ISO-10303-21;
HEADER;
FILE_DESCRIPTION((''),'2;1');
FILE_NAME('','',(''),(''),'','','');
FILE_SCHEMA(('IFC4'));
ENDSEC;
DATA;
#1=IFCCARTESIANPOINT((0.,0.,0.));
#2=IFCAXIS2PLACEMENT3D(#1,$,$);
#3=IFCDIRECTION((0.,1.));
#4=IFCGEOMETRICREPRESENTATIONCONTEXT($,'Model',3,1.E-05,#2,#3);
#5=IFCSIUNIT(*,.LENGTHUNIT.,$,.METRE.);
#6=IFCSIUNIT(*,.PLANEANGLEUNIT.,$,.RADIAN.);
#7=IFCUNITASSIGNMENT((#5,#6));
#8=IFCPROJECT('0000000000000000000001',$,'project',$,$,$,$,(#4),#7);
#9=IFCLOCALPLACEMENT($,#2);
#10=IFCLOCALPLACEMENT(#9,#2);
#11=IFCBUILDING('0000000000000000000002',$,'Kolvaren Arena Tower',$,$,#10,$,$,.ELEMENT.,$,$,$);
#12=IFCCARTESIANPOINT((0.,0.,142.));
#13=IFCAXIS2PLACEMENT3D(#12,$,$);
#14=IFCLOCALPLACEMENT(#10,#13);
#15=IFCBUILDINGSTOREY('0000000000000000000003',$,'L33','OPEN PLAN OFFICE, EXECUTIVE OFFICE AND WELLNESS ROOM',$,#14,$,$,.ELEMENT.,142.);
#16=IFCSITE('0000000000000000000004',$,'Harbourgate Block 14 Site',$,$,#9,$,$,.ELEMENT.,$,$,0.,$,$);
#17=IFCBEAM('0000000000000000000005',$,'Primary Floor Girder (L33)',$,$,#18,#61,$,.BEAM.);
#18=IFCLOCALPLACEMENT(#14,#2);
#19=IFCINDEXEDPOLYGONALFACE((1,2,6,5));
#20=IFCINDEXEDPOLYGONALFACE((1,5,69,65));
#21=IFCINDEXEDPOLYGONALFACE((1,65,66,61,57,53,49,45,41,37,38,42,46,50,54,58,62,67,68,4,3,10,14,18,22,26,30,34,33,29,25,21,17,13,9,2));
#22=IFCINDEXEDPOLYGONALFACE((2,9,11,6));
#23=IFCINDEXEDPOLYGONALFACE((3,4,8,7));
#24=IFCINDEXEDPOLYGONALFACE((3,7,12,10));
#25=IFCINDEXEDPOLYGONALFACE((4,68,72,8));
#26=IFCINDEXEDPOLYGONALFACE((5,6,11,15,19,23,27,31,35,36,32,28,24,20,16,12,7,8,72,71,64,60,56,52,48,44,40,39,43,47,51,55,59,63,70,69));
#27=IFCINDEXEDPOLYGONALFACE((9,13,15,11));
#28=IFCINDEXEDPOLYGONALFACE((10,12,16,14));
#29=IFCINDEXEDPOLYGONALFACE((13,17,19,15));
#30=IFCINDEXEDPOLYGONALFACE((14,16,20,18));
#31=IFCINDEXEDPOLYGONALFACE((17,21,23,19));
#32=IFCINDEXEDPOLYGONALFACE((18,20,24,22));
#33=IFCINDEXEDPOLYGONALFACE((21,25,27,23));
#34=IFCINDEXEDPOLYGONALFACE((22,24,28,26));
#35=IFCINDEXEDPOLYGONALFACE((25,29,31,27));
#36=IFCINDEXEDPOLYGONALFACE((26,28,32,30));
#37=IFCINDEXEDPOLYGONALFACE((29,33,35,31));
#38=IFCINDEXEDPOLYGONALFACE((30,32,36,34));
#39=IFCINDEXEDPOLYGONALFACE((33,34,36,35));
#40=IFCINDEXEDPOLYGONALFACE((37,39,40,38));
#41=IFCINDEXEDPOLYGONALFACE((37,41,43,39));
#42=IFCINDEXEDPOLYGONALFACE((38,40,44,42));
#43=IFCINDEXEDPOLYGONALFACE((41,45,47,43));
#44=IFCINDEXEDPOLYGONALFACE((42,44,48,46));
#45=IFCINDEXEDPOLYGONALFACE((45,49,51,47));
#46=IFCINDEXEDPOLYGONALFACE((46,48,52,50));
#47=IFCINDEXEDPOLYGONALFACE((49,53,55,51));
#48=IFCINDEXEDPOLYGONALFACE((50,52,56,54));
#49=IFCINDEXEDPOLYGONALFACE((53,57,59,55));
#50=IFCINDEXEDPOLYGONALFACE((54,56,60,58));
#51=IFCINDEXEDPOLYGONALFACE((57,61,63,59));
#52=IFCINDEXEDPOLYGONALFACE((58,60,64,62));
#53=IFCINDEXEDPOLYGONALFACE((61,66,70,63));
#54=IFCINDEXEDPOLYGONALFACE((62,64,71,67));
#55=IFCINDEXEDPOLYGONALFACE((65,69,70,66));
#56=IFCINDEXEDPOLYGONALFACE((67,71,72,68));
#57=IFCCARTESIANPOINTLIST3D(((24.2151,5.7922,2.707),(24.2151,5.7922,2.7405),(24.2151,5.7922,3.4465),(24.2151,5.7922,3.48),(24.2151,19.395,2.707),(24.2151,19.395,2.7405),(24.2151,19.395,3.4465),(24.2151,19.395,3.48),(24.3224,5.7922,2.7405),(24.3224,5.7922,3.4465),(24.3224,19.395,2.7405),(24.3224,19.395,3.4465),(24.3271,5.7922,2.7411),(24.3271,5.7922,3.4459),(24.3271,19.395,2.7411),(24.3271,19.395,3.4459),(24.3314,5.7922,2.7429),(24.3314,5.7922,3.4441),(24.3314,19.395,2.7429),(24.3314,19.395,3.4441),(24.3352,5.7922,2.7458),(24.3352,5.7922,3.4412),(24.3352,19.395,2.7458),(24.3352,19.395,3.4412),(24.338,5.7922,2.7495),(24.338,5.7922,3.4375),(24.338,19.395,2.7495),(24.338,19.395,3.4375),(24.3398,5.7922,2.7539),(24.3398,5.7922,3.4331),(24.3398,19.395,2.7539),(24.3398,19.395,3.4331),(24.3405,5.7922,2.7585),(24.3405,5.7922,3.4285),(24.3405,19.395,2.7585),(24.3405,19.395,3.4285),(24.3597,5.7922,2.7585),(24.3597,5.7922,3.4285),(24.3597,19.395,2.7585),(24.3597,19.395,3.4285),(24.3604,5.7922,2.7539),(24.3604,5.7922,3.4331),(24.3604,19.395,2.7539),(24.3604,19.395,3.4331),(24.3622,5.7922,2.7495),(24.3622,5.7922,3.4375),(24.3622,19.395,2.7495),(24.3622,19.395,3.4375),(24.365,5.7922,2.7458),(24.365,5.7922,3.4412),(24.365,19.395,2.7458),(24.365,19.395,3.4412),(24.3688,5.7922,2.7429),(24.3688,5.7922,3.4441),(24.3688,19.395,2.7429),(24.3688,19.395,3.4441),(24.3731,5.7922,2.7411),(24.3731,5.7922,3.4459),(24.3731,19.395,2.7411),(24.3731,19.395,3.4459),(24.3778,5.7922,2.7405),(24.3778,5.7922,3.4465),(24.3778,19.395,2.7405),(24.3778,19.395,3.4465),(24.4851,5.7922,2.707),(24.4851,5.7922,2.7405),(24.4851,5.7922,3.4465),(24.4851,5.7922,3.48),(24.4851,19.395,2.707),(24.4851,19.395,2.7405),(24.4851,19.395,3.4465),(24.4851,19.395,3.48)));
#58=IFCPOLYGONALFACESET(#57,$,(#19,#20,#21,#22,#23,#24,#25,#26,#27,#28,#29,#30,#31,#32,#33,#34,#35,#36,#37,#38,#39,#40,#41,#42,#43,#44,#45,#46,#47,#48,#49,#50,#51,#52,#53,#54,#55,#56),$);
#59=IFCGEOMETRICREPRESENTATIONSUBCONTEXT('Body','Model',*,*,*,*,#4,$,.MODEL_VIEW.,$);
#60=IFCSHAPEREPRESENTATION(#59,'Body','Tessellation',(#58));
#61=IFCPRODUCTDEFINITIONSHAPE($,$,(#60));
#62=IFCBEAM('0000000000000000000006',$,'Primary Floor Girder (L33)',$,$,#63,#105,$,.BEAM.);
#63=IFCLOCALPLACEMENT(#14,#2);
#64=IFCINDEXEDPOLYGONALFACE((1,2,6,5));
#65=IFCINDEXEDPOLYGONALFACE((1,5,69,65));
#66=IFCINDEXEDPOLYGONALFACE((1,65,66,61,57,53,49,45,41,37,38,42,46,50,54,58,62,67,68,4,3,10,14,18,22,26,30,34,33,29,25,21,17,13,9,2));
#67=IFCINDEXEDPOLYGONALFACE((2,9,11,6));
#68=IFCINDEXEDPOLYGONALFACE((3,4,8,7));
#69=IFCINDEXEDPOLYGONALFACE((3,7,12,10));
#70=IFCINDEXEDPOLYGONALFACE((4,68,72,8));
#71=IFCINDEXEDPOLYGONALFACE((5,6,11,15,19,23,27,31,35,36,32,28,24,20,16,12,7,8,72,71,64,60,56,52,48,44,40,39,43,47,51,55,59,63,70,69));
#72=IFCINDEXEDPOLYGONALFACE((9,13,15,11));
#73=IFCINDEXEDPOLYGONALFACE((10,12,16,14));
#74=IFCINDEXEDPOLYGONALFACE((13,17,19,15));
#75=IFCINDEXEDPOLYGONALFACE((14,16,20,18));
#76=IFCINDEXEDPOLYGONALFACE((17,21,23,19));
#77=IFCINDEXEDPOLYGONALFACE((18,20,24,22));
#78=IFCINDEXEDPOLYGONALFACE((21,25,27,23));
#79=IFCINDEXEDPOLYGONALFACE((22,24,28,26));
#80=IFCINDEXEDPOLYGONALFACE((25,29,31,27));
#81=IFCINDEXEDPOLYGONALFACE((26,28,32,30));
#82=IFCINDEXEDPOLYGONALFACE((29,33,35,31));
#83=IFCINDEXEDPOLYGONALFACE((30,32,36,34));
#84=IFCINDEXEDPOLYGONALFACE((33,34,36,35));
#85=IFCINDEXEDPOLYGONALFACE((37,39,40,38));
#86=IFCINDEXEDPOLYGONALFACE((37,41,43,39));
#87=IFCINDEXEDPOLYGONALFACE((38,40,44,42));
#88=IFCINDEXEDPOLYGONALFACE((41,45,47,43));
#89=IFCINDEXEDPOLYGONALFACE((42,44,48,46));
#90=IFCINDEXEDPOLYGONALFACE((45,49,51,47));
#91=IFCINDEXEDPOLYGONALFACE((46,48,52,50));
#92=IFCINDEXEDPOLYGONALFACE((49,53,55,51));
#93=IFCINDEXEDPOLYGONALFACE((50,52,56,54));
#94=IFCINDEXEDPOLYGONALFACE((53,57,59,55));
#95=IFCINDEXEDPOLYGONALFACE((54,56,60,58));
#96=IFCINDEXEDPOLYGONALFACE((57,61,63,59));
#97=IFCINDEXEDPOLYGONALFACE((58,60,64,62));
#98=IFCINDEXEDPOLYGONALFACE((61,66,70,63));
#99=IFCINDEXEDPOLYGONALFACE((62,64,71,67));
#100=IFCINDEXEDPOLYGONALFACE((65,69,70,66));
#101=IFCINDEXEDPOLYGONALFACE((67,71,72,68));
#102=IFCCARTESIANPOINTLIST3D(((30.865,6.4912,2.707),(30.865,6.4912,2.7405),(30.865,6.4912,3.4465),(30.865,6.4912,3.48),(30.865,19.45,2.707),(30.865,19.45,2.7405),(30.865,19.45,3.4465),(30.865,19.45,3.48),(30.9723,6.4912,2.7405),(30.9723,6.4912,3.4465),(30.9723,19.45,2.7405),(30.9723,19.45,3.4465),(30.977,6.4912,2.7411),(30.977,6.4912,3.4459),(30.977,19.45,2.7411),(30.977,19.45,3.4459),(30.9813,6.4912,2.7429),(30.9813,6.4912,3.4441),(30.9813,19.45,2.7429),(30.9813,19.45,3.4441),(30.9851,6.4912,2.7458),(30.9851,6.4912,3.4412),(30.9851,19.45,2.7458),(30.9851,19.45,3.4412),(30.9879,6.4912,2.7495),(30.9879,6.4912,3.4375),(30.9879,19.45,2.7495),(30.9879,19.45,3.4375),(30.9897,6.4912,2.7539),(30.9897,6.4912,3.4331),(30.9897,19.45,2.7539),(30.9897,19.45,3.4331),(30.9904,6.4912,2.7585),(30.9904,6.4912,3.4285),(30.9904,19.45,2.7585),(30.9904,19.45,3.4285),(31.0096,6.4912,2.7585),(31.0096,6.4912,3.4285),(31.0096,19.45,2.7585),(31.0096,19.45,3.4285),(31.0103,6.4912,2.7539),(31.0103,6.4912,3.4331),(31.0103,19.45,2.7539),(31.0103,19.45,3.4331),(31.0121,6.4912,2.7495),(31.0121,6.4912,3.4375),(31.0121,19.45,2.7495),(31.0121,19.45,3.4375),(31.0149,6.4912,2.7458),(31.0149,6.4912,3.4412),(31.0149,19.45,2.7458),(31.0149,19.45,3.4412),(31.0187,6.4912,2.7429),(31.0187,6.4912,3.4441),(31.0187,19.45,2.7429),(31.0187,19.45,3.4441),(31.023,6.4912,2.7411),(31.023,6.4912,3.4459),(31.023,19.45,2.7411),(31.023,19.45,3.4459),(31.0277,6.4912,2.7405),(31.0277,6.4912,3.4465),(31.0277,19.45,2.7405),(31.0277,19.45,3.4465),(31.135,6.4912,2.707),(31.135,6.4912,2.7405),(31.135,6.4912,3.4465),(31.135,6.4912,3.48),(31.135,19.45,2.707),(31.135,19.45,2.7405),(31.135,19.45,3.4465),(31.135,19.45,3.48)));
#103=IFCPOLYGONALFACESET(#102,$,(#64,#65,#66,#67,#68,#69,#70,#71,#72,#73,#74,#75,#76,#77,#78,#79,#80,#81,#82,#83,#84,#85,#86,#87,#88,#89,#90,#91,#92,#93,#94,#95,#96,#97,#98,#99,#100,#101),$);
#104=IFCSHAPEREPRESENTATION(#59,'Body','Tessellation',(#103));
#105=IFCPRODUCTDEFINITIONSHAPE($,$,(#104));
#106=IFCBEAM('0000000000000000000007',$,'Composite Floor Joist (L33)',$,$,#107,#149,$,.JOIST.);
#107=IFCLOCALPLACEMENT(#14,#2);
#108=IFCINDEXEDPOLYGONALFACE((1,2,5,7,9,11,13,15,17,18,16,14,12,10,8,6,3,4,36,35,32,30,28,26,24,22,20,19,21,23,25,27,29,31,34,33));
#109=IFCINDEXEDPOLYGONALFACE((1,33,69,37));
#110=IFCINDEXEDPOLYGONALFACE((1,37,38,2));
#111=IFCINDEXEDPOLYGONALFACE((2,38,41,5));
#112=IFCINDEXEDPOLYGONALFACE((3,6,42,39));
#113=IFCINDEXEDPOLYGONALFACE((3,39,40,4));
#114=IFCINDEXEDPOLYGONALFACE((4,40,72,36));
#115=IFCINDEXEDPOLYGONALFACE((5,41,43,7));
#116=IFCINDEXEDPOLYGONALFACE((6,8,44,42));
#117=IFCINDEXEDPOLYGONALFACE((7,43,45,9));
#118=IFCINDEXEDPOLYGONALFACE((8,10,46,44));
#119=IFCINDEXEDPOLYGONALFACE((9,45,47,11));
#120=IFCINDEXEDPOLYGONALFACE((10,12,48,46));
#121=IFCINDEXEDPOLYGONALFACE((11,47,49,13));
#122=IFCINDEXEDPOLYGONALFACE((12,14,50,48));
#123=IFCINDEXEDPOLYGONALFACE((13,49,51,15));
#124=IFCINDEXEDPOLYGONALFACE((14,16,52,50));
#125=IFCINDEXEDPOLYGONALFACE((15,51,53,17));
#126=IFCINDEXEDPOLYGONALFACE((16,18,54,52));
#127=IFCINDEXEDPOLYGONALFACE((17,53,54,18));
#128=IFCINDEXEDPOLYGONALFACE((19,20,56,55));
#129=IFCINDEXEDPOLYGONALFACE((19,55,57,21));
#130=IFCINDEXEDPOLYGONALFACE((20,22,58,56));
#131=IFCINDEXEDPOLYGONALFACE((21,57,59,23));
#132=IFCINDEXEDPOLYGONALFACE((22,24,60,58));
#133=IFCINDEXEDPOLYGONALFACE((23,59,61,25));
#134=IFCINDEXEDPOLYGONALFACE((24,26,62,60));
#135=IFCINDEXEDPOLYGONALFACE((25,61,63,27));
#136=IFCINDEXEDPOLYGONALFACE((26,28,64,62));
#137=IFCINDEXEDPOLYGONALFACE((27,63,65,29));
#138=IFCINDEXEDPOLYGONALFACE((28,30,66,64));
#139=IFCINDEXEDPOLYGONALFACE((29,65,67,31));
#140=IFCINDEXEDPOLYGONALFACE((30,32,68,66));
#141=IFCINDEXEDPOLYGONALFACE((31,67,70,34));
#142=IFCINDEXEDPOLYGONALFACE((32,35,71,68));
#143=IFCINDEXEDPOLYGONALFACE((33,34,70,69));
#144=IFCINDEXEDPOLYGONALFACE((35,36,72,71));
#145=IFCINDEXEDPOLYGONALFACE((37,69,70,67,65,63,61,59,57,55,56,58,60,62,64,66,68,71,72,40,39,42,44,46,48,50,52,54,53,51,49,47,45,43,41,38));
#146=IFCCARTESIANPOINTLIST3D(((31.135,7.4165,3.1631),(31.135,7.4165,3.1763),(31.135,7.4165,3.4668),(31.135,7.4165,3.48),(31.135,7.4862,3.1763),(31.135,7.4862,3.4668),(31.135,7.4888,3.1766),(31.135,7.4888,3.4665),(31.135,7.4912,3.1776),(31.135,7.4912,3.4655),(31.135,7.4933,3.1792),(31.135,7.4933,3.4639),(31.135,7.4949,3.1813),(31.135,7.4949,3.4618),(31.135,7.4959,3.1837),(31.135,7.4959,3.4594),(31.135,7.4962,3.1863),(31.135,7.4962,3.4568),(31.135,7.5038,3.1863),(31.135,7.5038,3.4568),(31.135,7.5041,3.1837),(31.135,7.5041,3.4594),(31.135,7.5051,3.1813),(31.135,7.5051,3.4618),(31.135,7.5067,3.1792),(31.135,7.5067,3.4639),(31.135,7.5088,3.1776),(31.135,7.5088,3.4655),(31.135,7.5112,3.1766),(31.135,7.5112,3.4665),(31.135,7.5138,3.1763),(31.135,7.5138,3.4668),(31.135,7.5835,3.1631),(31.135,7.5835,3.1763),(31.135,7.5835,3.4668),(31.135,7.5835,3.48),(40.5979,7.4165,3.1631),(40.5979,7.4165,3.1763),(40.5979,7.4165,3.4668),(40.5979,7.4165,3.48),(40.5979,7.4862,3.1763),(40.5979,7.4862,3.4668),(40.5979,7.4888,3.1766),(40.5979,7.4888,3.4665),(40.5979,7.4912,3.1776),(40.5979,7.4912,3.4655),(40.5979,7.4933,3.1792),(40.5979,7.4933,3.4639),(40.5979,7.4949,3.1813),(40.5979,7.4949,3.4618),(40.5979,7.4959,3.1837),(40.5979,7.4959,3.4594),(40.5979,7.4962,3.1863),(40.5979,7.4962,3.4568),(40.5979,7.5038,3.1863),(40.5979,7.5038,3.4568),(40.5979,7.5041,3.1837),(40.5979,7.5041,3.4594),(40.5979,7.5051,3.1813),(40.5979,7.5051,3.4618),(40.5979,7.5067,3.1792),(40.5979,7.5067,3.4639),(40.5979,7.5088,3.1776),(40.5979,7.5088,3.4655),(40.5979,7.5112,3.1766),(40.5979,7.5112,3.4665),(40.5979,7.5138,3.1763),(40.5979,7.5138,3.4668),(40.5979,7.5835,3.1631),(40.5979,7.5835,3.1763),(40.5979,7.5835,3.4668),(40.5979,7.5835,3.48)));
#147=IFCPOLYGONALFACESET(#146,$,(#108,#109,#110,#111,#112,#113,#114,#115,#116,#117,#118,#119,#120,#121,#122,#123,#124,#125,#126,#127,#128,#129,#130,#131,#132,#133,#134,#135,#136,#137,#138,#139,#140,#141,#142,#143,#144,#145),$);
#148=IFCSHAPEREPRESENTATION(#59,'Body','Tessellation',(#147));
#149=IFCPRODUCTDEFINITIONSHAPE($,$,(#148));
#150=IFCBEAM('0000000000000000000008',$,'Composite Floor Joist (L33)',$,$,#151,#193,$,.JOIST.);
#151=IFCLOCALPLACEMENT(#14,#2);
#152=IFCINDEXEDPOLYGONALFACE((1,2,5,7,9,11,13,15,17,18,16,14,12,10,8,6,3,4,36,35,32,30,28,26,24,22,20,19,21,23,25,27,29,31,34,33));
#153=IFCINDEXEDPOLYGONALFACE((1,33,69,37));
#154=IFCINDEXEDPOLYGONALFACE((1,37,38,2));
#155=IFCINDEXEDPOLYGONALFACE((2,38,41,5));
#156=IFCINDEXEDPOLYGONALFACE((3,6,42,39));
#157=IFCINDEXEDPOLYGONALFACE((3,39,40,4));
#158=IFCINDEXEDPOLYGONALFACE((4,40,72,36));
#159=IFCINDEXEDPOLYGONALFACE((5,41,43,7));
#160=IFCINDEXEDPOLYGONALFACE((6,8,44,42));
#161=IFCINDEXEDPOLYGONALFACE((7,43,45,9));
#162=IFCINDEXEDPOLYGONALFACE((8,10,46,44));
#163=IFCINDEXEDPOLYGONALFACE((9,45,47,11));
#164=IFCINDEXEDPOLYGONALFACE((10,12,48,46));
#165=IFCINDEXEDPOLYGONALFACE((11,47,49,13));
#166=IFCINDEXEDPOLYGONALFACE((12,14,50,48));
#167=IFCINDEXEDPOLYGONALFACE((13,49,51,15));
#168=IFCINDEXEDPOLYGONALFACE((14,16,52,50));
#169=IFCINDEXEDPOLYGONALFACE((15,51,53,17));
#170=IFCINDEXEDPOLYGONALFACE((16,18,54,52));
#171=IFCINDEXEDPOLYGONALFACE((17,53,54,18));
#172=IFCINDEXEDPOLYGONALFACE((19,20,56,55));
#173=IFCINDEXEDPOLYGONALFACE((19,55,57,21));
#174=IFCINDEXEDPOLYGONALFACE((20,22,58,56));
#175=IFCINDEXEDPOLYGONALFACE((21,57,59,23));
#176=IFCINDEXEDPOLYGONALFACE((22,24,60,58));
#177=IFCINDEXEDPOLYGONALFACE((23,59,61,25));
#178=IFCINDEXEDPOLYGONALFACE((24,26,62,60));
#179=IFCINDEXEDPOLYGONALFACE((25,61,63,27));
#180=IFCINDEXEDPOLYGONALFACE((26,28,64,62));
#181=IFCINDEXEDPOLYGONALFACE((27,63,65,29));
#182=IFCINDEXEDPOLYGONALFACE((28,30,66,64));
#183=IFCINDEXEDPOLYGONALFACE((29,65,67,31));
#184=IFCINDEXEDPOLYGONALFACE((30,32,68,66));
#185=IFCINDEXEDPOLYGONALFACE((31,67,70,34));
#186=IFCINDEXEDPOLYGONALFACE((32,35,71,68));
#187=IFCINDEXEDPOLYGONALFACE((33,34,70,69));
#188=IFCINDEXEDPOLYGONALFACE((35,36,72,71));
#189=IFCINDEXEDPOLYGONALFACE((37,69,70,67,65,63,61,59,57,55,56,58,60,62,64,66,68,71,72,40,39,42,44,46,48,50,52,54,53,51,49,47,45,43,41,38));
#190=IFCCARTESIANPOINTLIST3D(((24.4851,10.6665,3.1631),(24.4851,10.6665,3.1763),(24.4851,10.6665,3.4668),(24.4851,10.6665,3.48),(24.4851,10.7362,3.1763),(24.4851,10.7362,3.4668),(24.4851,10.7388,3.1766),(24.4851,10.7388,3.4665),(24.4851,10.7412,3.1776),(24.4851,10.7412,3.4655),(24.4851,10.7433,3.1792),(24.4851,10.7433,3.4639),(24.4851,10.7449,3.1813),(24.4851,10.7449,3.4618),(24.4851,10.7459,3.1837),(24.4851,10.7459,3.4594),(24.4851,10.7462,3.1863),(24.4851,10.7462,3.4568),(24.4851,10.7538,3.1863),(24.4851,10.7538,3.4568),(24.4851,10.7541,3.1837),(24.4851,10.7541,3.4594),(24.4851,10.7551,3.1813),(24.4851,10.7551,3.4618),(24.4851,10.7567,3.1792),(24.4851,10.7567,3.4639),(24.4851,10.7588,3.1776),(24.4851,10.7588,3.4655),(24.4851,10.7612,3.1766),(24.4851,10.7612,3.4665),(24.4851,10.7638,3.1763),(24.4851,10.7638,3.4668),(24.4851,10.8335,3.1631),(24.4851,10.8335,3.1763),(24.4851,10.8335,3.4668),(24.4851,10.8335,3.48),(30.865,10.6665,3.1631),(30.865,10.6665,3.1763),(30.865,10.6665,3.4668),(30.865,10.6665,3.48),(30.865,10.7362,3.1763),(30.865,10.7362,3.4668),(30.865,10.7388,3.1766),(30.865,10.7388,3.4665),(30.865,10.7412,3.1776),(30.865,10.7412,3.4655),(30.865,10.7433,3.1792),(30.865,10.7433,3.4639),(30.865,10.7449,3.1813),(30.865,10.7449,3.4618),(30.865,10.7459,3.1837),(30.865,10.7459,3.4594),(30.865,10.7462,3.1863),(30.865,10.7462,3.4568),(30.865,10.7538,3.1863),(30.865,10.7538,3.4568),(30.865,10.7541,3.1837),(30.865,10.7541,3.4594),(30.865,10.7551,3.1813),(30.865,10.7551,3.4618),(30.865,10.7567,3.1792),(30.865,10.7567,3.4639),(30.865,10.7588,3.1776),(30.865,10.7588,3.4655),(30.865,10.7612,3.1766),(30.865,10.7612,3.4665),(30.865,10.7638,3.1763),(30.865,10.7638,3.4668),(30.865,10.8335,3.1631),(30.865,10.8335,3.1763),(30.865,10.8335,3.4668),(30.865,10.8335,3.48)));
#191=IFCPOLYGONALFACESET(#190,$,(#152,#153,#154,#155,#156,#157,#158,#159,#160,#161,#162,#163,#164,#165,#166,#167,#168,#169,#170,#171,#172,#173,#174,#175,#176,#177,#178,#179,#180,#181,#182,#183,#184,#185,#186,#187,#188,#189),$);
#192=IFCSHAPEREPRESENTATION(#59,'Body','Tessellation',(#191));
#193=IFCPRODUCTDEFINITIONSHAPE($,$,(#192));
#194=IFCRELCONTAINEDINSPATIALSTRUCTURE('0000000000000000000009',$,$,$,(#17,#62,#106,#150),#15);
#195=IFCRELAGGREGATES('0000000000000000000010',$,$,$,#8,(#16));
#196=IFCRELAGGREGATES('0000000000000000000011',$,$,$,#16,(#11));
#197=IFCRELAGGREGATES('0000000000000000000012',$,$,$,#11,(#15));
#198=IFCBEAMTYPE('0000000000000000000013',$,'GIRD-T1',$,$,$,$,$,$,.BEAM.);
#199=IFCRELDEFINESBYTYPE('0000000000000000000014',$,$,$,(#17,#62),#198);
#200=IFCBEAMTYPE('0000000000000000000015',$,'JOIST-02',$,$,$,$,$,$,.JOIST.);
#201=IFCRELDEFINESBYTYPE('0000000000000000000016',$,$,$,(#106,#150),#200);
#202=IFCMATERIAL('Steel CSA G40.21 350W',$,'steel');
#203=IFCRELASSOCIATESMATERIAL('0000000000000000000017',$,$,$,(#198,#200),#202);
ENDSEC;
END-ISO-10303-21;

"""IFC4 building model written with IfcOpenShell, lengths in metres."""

from ifc_helpers import new_model, si_unit, direction, frame, origin, origin_2d, place, context, subcontext, project, spatial, i_section, extrude, material, material_profile, profile_set, type_object, element, save


model = new_model("IFC4")

# Units and contexts
model_context = context("Model", 3, precision=1e-05, world=origin(), true_north=direction((0.0, 1.0)))
body_context = subcontext(model_context, "Body", "Model", "MODEL_VIEW")
ifc_project = project(units=[si_unit("LENGTHUNIT", "METRE"), si_unit("PLANEANGLEUNIT", "RADIAN")], contexts=[model_context])

# Site, building, storey
site_placement = place(None, origin())
site = spatial("IfcSite", under=ifc_project, at=site_placement, Name="Harbourgate Block 14 Site", CompositionType="ELEMENT", RefElevation=0.0)
building_placement = place(site_placement, origin())
building = spatial("IfcBuilding", under=site, at=building_placement, Name="Kolvaren Arena Tower", CompositionType="ELEMENT")
storey_placement = place(building_placement, frame((0.0, 0.0, 142.0)))
storey = spatial("IfcBuildingStorey", under=building, at=storey_placement, Name="L33", Description="OPEN PLAN OFFICE, EXECUTIVE OFFICE AND WELLNESS ROOM", CompositionType="ELEMENT", Elevation=142.0)

# Beams
ifc_material_1 = material(Name="Steel CSA G40.21 350W", Category="steel")
ifc_material_profile_1 = material_profile(ifc_material_1, i_section(OverallWidth=0.27, OverallDepth=0.7729, WebThickness=0.0193, FlangeThickness=0.0334, FilletRadius=0.0181, at=origin_2d()), Name="W760x257")
ifc_profile_set_1 = profile_set([ifc_material_profile_1], Name="Steel CSA G40.21 350W")
beam_type_1 = type_object("IfcBeamType", Name="GIRD-T1", PredefinedType="BEAM", material=ifc_profile_set_1)
beam_1_placement = place(storey_placement, frame((24.3501, 5.7922, 3.0935), z_axis=(0.0, 1.0, 0.0), x_axis=(-1.0, 0.0, 0.0)))
element("IfcBeam", 1, at=beam_1_placement, inside=storey, type_object=beam_type_1, Name="Primary Floor Girder (L33)", PredefinedType="BEAM", context=body_context, shape_type="SweptSolid", body=[
    extrude(i_section(OverallWidth=0.27, OverallDepth=0.7729, WebThickness=0.0193, FlangeThickness=0.0334, FilletRadius=0.0181, at=origin_2d()), origin(), (0.0, 0.0, 1.0), 13.6028),
])
beam_2_placement = place(storey_placement, frame((31.0, 6.4912, 3.0935), z_axis=(0.0, 1.0, 0.0), x_axis=(-1.0, 0.0, 0.0)))
element("IfcBeam", 2, at=beam_2_placement, inside=storey, type_object=beam_type_1, Name="Primary Floor Girder (L33)", PredefinedType="BEAM", context=body_context, shape_type="SweptSolid", body=[
    extrude(i_section(OverallWidth=0.27, OverallDepth=0.7729, WebThickness=0.0193, FlangeThickness=0.0334, FilletRadius=0.0181, at=origin_2d()), origin(), (0.0, 0.0, 1.0), 12.9587),
])
ifc_material_profile_2 = material_profile(ifc_material_1, i_section(OverallWidth=0.167, OverallDepth=0.3169, WebThickness=0.0076, FlangeThickness=0.0132, FilletRadius=0.01, at=origin_2d()), Name="W310x52")
ifc_profile_set_2 = profile_set([ifc_material_profile_2], Name="Steel CSA G40.21 350W")
beam_type_2 = type_object("IfcBeamType", Name="JOIST-02", PredefinedType="JOIST", material=ifc_profile_set_2)
beam_3_placement = place(storey_placement, frame((31.135, 7.5, 3.3215), z_axis=(1.0, 0.0, 0.0), x_axis=(0.0, 1.0, 0.0)))
element("IfcBeam", 3, at=beam_3_placement, inside=storey, type_object=beam_type_2, Name="Composite Floor Joist (L33)", PredefinedType="JOIST", context=body_context, shape_type="SweptSolid", body=[
    extrude(i_section(OverallWidth=0.167, OverallDepth=0.3169, WebThickness=0.0076, FlangeThickness=0.0132, FilletRadius=0.01, at=origin_2d()), origin(), (0.0, 0.0, 1.0), 9.4629),
])
beam_4_placement = place(storey_placement, frame((24.4851, 10.75, 3.3215), z_axis=(1.0, 0.0, 0.0), x_axis=(0.0, 1.0, 0.0)))
element("IfcBeam", 4, at=beam_4_placement, inside=storey, type_object=beam_type_2, Name="Composite Floor Joist (L33)", PredefinedType="JOIST", context=body_context, shape_type="SweptSolid", body=[
    extrude(i_section(OverallWidth=0.167, OverallDepth=0.3169, WebThickness=0.0076, FlangeThickness=0.0132, FilletRadius=0.01, at=origin_2d()), origin(), (0.0, 0.0, 1.0), 6.3799),
])

save(model, "model.ifc")
